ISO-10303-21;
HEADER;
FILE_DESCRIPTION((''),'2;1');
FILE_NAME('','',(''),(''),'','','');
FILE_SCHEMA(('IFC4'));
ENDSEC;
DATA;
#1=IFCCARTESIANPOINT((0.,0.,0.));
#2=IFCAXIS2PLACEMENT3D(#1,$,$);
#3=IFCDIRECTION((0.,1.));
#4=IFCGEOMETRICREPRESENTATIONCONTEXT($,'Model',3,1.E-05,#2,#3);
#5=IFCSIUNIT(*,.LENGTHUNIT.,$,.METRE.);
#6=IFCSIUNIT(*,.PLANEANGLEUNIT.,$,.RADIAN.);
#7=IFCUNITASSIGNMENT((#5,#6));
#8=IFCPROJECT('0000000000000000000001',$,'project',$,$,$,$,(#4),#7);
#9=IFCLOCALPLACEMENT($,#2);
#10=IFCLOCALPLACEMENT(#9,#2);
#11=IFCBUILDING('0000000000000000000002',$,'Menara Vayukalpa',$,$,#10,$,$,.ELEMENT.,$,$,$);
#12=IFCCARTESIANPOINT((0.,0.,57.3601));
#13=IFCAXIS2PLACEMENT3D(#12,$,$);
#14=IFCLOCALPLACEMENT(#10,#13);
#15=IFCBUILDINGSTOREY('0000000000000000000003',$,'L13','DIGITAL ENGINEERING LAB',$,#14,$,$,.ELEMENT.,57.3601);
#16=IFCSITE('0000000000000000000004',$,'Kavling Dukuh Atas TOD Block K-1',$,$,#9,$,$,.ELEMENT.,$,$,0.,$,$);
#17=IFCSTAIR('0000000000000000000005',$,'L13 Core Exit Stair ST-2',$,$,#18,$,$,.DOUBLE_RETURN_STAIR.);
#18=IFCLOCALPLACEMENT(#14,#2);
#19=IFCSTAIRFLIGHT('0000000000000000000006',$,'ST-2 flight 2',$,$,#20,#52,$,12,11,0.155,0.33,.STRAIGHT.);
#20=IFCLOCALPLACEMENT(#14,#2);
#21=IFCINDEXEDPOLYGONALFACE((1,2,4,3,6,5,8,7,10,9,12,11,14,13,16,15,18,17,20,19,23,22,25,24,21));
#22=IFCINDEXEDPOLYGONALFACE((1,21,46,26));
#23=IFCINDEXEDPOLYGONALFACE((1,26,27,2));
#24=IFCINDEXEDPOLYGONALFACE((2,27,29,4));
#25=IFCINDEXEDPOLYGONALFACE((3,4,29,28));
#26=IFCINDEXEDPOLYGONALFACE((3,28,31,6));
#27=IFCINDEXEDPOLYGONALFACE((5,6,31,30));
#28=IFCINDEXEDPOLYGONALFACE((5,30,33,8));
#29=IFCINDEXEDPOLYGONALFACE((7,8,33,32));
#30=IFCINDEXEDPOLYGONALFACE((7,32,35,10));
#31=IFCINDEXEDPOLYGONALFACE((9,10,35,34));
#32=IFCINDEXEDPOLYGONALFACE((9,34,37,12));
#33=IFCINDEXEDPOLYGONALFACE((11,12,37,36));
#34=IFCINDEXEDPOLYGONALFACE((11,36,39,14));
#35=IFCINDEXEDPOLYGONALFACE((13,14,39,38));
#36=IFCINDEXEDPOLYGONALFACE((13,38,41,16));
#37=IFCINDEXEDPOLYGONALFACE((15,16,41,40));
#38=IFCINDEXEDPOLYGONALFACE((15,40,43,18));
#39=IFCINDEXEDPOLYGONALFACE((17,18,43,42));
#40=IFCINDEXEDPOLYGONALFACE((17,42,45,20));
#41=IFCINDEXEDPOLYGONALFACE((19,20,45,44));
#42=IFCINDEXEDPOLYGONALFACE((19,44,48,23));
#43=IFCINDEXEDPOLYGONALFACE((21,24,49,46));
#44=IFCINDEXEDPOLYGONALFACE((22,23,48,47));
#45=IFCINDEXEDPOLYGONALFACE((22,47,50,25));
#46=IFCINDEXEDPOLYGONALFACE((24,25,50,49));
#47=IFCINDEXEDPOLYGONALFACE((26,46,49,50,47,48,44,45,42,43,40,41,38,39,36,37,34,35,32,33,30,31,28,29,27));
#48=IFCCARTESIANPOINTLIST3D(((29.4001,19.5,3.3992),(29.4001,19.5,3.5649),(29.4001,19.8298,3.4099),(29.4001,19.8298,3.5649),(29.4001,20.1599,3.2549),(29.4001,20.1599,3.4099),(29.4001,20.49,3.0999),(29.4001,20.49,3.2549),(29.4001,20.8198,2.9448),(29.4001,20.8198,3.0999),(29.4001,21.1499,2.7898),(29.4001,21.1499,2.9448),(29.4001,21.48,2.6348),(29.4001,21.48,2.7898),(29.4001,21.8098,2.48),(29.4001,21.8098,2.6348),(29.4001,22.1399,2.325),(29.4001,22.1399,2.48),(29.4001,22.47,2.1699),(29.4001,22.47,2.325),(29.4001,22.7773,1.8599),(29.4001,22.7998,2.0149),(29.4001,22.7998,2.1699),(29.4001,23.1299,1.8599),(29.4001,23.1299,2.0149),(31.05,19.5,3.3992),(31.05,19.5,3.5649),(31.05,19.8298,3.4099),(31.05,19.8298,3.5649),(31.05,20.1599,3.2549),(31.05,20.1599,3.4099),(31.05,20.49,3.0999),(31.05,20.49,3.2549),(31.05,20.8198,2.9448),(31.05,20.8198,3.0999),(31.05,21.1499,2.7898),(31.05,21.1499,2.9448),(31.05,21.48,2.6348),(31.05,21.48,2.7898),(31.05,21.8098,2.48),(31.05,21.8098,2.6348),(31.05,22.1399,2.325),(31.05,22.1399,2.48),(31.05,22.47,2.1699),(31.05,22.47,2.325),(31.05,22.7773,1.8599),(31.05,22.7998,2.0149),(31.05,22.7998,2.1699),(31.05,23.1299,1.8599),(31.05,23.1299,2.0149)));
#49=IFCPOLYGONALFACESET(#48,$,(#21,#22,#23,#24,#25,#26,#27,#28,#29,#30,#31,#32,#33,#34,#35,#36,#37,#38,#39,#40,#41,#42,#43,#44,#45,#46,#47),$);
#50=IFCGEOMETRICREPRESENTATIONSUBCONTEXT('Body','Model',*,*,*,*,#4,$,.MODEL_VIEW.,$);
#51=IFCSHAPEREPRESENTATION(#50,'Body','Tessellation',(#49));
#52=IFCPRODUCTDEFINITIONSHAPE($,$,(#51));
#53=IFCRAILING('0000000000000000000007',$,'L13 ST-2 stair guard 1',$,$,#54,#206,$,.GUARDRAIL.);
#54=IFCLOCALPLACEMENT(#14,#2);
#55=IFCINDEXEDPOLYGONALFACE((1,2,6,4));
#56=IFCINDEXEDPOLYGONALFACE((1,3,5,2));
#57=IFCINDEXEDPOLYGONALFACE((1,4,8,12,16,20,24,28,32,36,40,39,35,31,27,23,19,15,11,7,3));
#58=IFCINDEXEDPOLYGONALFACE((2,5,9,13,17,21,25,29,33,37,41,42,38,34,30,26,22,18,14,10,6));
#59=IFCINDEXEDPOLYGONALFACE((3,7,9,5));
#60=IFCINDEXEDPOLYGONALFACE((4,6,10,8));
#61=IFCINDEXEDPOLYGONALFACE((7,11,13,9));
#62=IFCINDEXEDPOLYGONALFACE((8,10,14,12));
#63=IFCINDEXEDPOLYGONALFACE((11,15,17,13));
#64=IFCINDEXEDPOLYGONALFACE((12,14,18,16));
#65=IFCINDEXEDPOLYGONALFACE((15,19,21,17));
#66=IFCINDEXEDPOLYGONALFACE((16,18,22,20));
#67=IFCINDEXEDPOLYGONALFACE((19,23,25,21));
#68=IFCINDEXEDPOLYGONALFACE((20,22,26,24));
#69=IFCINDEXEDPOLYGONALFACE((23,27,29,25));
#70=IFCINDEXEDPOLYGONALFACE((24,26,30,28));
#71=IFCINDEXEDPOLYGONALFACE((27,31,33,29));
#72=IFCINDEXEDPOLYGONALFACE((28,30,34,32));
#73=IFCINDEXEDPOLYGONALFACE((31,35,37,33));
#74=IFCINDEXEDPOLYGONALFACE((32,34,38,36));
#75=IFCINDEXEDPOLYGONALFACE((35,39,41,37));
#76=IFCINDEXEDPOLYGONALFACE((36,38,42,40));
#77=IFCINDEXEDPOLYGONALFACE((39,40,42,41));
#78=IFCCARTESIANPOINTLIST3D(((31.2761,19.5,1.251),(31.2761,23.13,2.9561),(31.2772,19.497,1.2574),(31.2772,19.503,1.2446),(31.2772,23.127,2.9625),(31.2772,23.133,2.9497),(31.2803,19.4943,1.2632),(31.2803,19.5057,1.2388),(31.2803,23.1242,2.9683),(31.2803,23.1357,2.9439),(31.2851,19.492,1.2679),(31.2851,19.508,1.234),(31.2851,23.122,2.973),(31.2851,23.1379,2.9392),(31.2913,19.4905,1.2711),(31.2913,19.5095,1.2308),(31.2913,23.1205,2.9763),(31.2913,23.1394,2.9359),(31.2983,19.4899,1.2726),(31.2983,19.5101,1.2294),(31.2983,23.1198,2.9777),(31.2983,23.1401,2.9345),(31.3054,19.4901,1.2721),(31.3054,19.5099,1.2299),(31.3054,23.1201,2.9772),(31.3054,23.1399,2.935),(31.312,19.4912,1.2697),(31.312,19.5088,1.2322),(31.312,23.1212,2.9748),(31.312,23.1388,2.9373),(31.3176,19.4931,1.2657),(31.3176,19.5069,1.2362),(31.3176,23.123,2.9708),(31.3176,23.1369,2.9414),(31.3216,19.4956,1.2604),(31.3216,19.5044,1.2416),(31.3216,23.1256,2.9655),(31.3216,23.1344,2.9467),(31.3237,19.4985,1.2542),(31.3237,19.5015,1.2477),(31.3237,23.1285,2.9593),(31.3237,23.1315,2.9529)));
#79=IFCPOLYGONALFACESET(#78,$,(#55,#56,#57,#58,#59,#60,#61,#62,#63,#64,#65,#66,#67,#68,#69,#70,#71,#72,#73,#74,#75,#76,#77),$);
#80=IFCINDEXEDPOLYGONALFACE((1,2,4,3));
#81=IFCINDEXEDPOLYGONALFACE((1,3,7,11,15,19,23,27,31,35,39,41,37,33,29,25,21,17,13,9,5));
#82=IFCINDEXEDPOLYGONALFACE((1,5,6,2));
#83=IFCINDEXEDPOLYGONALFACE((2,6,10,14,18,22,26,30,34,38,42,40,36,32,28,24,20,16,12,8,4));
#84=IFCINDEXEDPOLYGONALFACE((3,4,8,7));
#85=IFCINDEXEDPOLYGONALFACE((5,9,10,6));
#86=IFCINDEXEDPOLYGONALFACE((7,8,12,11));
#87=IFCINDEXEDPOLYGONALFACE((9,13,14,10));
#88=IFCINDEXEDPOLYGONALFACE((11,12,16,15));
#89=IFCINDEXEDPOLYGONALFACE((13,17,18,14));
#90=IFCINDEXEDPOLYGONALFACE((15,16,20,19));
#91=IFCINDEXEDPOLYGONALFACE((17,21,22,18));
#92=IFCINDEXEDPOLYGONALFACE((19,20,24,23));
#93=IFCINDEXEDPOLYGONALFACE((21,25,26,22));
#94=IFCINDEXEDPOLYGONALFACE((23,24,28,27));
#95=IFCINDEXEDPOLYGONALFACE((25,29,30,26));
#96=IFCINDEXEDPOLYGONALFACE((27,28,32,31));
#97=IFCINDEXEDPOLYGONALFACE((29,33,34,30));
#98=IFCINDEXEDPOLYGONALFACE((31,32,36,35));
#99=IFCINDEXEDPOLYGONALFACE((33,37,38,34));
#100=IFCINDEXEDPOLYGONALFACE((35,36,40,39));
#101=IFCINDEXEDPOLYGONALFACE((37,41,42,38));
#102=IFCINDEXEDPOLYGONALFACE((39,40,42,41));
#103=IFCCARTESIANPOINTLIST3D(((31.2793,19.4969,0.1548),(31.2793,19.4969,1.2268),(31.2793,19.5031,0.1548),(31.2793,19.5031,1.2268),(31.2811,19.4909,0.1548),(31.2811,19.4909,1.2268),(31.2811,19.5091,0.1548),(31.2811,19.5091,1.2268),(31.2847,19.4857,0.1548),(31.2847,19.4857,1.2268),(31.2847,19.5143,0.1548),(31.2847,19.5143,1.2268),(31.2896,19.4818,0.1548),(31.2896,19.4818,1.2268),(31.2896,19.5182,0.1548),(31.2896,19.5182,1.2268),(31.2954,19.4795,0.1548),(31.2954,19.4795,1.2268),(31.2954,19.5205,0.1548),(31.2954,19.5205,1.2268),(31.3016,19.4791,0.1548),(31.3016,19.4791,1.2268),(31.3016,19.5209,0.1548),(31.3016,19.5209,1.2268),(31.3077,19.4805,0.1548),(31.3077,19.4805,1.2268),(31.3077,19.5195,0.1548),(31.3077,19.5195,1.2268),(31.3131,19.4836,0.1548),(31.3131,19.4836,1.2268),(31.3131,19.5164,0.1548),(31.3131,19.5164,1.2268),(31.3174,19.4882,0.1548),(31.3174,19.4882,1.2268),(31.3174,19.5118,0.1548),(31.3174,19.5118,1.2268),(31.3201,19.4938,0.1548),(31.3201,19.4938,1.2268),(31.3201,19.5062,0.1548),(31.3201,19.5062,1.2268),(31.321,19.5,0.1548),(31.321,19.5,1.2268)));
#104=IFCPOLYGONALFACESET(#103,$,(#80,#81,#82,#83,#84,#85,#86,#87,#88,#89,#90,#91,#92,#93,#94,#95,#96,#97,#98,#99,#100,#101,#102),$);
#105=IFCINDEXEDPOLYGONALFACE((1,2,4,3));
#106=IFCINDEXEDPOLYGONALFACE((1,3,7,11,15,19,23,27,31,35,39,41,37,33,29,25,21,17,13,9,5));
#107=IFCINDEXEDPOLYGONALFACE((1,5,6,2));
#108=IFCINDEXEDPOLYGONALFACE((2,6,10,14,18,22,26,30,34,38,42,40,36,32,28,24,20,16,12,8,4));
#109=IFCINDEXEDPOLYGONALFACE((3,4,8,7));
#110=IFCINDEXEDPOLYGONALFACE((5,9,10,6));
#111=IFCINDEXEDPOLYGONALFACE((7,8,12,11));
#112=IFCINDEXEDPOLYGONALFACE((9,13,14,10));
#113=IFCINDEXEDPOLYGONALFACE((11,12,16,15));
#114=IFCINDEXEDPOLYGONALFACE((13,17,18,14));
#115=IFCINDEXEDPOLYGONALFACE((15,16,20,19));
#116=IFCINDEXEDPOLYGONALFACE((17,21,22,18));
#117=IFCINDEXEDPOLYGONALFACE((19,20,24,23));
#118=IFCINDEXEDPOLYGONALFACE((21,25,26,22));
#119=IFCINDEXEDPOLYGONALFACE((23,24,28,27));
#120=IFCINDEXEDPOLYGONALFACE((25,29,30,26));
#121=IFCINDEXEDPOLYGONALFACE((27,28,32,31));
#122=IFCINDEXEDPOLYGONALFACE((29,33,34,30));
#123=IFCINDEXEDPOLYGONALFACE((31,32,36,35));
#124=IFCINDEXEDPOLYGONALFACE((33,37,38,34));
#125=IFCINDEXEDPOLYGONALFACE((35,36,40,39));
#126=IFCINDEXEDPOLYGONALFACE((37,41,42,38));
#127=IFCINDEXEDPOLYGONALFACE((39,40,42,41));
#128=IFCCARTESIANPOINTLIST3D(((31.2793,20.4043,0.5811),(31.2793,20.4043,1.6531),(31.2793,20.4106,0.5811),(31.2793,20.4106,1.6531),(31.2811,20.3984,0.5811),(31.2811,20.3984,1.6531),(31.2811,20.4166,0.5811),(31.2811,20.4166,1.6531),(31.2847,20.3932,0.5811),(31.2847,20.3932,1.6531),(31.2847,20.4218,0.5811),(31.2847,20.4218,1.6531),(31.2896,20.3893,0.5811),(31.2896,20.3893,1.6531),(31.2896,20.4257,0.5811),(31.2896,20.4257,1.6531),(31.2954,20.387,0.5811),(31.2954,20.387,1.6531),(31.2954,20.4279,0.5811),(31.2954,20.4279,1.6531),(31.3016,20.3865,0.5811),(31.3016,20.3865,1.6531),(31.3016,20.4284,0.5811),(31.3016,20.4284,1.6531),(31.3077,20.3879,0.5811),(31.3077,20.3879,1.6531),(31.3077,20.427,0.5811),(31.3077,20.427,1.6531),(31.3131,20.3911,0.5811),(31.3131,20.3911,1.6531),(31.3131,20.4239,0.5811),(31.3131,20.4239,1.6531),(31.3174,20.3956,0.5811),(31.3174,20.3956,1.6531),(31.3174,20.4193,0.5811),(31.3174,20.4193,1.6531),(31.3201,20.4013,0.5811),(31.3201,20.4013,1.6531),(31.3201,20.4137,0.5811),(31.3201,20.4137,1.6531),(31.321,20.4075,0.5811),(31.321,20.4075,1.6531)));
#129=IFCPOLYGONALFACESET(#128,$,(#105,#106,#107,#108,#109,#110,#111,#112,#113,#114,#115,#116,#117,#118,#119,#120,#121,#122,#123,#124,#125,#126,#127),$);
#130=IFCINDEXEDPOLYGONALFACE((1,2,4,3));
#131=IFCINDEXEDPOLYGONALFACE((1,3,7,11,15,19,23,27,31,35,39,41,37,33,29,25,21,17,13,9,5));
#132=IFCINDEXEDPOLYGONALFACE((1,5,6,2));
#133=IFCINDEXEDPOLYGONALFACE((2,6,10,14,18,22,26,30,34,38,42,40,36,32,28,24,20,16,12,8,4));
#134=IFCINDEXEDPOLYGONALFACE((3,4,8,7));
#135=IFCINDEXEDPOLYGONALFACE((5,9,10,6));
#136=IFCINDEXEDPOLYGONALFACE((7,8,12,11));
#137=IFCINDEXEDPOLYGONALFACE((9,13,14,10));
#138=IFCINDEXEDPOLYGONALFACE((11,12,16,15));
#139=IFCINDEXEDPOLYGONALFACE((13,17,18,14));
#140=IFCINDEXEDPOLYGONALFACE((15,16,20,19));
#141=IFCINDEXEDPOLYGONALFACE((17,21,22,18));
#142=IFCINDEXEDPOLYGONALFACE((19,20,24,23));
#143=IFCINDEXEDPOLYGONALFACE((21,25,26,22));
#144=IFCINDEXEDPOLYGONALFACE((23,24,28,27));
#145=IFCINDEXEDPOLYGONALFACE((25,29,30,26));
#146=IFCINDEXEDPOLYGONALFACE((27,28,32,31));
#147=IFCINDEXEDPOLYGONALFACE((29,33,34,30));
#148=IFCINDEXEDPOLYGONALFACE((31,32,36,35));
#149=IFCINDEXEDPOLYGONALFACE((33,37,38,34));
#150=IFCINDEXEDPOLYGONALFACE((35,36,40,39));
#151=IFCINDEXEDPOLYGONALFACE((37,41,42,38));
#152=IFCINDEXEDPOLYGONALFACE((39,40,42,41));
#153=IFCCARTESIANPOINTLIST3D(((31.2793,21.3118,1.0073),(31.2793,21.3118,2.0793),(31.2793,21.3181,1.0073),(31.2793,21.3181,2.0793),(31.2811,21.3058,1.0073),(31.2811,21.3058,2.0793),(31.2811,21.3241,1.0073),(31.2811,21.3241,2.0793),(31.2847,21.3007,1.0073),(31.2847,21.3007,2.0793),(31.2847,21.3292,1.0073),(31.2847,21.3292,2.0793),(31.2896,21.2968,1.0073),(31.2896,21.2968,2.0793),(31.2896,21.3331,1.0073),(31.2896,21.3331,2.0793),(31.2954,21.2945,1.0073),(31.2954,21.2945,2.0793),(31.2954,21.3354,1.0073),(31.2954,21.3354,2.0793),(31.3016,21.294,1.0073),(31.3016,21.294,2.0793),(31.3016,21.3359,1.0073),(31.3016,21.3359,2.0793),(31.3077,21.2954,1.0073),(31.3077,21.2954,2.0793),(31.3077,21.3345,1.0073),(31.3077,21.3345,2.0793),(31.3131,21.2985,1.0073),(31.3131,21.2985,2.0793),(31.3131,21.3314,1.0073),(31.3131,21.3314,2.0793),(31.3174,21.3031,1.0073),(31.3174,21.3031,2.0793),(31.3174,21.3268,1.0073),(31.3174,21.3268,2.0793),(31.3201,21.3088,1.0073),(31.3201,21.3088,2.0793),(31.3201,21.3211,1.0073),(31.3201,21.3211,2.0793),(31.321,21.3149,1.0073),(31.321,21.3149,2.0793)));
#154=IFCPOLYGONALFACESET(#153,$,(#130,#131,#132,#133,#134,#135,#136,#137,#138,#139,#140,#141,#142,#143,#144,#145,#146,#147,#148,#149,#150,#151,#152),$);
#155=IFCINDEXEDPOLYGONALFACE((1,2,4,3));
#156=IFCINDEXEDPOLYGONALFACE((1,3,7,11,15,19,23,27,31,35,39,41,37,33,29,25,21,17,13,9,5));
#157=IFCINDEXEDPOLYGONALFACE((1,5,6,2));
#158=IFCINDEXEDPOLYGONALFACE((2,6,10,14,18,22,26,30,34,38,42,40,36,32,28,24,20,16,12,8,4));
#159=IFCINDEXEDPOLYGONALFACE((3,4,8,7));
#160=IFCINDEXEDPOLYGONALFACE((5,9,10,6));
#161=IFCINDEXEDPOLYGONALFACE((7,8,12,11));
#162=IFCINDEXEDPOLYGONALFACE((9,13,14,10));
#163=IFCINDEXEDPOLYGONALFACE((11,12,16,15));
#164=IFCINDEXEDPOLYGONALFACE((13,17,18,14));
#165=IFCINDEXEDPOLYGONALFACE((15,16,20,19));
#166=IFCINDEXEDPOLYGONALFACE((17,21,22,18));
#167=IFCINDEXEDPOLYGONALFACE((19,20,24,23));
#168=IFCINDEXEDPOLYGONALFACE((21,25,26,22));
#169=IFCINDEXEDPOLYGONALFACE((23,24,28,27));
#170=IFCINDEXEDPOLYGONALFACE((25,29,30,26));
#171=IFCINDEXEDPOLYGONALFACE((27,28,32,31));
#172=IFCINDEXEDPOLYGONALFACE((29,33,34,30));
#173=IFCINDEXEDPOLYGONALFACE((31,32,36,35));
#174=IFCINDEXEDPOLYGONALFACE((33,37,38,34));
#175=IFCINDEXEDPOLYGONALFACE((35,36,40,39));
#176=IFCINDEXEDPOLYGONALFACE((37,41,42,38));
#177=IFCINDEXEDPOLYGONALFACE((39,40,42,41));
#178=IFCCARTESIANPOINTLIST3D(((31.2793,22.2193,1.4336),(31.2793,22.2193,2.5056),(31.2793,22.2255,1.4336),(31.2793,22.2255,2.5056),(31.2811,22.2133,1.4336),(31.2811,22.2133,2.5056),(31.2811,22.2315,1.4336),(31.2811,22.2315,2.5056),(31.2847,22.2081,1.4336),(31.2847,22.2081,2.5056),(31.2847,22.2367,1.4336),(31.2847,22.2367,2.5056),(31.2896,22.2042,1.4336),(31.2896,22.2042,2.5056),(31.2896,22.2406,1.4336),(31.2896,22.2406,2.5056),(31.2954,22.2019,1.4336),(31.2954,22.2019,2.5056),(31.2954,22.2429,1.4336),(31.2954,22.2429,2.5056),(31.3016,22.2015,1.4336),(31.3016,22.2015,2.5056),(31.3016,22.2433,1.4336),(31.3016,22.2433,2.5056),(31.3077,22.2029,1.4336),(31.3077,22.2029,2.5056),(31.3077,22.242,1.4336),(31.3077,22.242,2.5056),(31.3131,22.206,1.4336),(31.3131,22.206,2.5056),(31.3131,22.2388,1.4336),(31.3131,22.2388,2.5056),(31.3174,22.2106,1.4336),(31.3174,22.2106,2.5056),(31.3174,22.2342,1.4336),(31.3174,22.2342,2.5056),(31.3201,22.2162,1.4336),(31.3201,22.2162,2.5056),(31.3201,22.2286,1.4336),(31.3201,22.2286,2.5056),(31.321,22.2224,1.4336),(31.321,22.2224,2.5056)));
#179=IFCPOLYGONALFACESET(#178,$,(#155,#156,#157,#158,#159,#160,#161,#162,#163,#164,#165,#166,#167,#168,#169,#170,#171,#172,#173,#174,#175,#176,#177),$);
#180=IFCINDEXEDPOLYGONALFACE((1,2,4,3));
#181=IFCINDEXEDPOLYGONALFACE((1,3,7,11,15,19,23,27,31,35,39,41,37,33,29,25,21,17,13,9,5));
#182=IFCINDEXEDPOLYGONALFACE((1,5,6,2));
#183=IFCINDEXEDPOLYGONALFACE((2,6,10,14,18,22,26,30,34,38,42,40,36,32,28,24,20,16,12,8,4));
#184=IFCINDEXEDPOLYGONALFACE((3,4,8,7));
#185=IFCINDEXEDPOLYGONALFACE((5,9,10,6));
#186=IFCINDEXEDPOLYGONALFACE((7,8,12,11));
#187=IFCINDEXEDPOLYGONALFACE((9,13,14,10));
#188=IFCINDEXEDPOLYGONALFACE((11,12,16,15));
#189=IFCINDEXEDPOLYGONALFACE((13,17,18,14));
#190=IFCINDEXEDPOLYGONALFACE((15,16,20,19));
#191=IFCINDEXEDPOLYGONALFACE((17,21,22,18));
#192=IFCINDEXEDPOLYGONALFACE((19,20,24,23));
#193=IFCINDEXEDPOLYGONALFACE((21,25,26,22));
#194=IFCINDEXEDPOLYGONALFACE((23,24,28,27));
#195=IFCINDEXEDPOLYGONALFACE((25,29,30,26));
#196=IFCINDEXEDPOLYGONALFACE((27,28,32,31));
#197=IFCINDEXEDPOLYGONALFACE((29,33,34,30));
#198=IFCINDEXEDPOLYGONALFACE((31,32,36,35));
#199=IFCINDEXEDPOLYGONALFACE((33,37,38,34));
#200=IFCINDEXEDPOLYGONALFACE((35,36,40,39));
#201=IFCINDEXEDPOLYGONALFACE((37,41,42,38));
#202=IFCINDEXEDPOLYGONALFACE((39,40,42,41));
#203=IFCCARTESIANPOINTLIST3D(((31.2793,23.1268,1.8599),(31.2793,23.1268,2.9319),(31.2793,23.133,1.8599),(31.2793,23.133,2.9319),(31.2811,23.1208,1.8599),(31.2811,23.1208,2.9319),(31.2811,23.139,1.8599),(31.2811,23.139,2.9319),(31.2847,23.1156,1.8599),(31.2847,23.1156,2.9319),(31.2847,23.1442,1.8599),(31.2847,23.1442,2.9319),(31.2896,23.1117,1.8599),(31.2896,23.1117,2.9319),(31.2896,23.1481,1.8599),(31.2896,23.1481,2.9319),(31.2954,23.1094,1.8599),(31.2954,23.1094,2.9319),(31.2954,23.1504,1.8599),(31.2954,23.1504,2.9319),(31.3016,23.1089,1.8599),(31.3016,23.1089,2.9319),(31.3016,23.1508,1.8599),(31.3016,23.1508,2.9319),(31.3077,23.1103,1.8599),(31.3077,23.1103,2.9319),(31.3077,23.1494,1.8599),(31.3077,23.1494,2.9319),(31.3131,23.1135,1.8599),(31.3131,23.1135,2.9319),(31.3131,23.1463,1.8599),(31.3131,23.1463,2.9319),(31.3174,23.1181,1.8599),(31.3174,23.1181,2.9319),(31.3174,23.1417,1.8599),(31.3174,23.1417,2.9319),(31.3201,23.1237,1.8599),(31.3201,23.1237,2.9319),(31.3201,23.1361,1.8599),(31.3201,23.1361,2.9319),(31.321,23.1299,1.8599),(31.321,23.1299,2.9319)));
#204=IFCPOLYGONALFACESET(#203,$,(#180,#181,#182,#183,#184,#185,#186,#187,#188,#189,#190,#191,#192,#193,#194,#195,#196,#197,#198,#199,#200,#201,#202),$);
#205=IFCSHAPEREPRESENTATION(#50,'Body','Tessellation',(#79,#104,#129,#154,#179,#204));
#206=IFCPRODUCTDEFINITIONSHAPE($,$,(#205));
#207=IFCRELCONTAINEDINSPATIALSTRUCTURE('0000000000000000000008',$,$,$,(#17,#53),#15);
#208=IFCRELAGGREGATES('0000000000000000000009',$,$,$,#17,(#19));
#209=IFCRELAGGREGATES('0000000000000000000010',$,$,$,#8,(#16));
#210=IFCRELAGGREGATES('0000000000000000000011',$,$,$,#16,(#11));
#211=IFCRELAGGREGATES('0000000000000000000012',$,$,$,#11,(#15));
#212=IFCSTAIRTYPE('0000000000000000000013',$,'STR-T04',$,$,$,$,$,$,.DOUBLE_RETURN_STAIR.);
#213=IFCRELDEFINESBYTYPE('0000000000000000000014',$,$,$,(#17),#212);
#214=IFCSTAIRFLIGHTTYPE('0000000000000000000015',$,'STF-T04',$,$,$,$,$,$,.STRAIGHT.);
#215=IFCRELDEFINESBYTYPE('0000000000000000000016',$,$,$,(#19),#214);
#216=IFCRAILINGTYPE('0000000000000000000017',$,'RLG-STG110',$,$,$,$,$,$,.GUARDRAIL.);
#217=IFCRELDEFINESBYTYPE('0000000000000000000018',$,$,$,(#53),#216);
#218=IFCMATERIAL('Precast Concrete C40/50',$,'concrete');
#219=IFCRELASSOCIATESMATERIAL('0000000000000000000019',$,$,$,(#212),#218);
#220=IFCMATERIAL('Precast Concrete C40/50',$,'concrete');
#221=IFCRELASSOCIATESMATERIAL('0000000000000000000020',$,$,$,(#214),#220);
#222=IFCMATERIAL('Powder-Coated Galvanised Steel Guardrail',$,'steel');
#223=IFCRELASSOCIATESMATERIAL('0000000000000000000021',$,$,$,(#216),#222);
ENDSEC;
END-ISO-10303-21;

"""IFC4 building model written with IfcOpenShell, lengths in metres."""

from ifc_helpers import new_model, si_unit, direction, frame, origin, origin_2d, place, context, subcontext, project, spatial, polyline, circle, outline, extrude, material, type_object, element, aggregate, save


model = new_model("IFC4")

# Units and contexts
model_context = context("Model", 3, precision=1e-05, world=origin(), true_north=direction((0.0, 1.0)))
body_context = subcontext(model_context, "Body", "Model", "MODEL_VIEW")
ifc_project = project(units=[si_unit("LENGTHUNIT", "METRE"), si_unit("PLANEANGLEUNIT", "RADIAN")], contexts=[model_context])

# Site, building, storey
site_placement = place(None, origin())
site = spatial("IfcSite", under=ifc_project, at=site_placement, Name="Kavling Dukuh Atas TOD Block K-1", CompositionType="ELEMENT", RefElevation=0.0)
building_placement = place(site_placement, origin())
building = spatial("IfcBuilding", under=site, at=building_placement, Name="Menara Vayukalpa", CompositionType="ELEMENT")
storey_placement = place(building_placement, frame((0.0, 0.0, 57.3601)))
storey = spatial("IfcBuildingStorey", under=building, at=storey_placement, Name="L13", Description="DIGITAL ENGINEERING LAB", CompositionType="ELEMENT", Elevation=57.3601)

# Stair, stair flight
ifc_material_1 = material(Name="Precast Concrete C40/50", Category="concrete")
stair_type = type_object("IfcStairType", Name="STR-T04", PredefinedType="DOUBLE_RETURN_STAIR", material=ifc_material_1)
stair_placement = place(storey_placement, origin())
stair = element("IfcStair", 1, at=stair_placement, inside=storey, type_object=stair_type, Name="L13 Core Exit Stair ST-2", PredefinedType="DOUBLE_RETURN_STAIR")
ifc_material_2 = material(Name="Precast Concrete C40/50", Category="concrete")
stair_flight_type = type_object("IfcStairFlightType", Name="STF-T04", PredefinedType="STRAIGHT", material=ifc_material_2)
stair_flight_1_placement = place(storey_placement, frame((30.2251, 23.1299, 1.8599), z_axis=(0.0, 0.0, 1.0), x_axis=(0.0, -1.0, 0.0)))
stair_flight_1 = element("IfcStairFlight", 2, at=stair_flight_1_placement, type_object=stair_flight_type, Name="ST-2 flight 2", NumberOfRisers=12, NumberOfTreads=11, PredefinedType="STRAIGHT", RiserHeight=0.155, TreadLength=0.33, context=body_context, shape_type="SweptSolid", body=[
    extrude(outline(polyline([(0.0, 0.0), (0.0, 0.155), (0.3301, 0.155), (0.3301, 0.3101), (0.6599, 0.3101), (0.6599, 0.4651), (0.99, 0.4651), (0.99, 0.6201), (1.3201, 0.6201), (1.3201, 0.7749), (1.6499, 0.7749), (1.6499, 0.9299), (1.98, 0.9299), (1.98, 1.085), (2.3101, 1.085), (2.3101, 1.24), (2.6399, 1.24), (2.6399, 1.395), (2.97, 1.395), (2.97, 1.55), (3.3, 1.55), (3.3, 1.7051), (3.6299, 1.7051), (3.6299, 1.8601), (3.6299, 1.5393), (0.3525, 0.0), (0.0, 0.0)])), frame((0.0, 0.825, 0.0), z_axis=(0.0, -1.0, 0.0), x_axis=(1.0, 0.0, 0.0)), (0.0, 0.0, 1.0), 1.6499),
])
aggregate(stair, [stair_flight_1])

# Railing
ifc_material_3 = material(Name="Powder-Coated Galvanised Steel Guardrail", Category="steel")
railing_type_1 = type_object("IfcRailingType", Name="RLG-STG110", PredefinedType="GUARDRAIL", material=ifc_material_3)
railing_1_placement = place(storey_placement, frame((31.3, 19.5, 0.1548)))
element("IfcRailing", 3, at=railing_1_placement, inside=storey, type_object=railing_type_1, Name="L13 ST-2 stair guard 1", PredefinedType="GUARDRAIL", context=body_context, shape_type="SweptSolid", body=[
    extrude(circle(Radius=0.0239, at=origin_2d()), frame((0.0, 0.0, 1.0962), z_axis=(0.0, 0.905116, 0.425164), x_axis=(-1.0, 0.0, 0.0)), (0.0, 0.0, 1.0), 4.0105),
    extrude(circle(Radius=0.021, at=origin_2d()), origin(), (0.0, 0.0, 1.0), 1.072),
    extrude(circle(Radius=0.021, at=origin_2d()), frame((0.0, 0.9075, 0.4263)), (0.0, 0.0, 1.0), 1.072),
    extrude(circle(Radius=0.021, at=origin_2d()), frame((0.0, 1.8149, 0.8525)), (0.0, 0.0, 1.0), 1.072),
    extrude(circle(Radius=0.021, at=origin_2d()), frame((0.0, 2.7224, 1.2788)), (0.0, 0.0, 1.0), 1.072),
    extrude(circle(Radius=0.021, at=origin_2d()), frame((0.0, 3.6299, 1.7051)), (0.0, 0.0, 1.0), 1.072),
])

save(model, "model.ifc")
